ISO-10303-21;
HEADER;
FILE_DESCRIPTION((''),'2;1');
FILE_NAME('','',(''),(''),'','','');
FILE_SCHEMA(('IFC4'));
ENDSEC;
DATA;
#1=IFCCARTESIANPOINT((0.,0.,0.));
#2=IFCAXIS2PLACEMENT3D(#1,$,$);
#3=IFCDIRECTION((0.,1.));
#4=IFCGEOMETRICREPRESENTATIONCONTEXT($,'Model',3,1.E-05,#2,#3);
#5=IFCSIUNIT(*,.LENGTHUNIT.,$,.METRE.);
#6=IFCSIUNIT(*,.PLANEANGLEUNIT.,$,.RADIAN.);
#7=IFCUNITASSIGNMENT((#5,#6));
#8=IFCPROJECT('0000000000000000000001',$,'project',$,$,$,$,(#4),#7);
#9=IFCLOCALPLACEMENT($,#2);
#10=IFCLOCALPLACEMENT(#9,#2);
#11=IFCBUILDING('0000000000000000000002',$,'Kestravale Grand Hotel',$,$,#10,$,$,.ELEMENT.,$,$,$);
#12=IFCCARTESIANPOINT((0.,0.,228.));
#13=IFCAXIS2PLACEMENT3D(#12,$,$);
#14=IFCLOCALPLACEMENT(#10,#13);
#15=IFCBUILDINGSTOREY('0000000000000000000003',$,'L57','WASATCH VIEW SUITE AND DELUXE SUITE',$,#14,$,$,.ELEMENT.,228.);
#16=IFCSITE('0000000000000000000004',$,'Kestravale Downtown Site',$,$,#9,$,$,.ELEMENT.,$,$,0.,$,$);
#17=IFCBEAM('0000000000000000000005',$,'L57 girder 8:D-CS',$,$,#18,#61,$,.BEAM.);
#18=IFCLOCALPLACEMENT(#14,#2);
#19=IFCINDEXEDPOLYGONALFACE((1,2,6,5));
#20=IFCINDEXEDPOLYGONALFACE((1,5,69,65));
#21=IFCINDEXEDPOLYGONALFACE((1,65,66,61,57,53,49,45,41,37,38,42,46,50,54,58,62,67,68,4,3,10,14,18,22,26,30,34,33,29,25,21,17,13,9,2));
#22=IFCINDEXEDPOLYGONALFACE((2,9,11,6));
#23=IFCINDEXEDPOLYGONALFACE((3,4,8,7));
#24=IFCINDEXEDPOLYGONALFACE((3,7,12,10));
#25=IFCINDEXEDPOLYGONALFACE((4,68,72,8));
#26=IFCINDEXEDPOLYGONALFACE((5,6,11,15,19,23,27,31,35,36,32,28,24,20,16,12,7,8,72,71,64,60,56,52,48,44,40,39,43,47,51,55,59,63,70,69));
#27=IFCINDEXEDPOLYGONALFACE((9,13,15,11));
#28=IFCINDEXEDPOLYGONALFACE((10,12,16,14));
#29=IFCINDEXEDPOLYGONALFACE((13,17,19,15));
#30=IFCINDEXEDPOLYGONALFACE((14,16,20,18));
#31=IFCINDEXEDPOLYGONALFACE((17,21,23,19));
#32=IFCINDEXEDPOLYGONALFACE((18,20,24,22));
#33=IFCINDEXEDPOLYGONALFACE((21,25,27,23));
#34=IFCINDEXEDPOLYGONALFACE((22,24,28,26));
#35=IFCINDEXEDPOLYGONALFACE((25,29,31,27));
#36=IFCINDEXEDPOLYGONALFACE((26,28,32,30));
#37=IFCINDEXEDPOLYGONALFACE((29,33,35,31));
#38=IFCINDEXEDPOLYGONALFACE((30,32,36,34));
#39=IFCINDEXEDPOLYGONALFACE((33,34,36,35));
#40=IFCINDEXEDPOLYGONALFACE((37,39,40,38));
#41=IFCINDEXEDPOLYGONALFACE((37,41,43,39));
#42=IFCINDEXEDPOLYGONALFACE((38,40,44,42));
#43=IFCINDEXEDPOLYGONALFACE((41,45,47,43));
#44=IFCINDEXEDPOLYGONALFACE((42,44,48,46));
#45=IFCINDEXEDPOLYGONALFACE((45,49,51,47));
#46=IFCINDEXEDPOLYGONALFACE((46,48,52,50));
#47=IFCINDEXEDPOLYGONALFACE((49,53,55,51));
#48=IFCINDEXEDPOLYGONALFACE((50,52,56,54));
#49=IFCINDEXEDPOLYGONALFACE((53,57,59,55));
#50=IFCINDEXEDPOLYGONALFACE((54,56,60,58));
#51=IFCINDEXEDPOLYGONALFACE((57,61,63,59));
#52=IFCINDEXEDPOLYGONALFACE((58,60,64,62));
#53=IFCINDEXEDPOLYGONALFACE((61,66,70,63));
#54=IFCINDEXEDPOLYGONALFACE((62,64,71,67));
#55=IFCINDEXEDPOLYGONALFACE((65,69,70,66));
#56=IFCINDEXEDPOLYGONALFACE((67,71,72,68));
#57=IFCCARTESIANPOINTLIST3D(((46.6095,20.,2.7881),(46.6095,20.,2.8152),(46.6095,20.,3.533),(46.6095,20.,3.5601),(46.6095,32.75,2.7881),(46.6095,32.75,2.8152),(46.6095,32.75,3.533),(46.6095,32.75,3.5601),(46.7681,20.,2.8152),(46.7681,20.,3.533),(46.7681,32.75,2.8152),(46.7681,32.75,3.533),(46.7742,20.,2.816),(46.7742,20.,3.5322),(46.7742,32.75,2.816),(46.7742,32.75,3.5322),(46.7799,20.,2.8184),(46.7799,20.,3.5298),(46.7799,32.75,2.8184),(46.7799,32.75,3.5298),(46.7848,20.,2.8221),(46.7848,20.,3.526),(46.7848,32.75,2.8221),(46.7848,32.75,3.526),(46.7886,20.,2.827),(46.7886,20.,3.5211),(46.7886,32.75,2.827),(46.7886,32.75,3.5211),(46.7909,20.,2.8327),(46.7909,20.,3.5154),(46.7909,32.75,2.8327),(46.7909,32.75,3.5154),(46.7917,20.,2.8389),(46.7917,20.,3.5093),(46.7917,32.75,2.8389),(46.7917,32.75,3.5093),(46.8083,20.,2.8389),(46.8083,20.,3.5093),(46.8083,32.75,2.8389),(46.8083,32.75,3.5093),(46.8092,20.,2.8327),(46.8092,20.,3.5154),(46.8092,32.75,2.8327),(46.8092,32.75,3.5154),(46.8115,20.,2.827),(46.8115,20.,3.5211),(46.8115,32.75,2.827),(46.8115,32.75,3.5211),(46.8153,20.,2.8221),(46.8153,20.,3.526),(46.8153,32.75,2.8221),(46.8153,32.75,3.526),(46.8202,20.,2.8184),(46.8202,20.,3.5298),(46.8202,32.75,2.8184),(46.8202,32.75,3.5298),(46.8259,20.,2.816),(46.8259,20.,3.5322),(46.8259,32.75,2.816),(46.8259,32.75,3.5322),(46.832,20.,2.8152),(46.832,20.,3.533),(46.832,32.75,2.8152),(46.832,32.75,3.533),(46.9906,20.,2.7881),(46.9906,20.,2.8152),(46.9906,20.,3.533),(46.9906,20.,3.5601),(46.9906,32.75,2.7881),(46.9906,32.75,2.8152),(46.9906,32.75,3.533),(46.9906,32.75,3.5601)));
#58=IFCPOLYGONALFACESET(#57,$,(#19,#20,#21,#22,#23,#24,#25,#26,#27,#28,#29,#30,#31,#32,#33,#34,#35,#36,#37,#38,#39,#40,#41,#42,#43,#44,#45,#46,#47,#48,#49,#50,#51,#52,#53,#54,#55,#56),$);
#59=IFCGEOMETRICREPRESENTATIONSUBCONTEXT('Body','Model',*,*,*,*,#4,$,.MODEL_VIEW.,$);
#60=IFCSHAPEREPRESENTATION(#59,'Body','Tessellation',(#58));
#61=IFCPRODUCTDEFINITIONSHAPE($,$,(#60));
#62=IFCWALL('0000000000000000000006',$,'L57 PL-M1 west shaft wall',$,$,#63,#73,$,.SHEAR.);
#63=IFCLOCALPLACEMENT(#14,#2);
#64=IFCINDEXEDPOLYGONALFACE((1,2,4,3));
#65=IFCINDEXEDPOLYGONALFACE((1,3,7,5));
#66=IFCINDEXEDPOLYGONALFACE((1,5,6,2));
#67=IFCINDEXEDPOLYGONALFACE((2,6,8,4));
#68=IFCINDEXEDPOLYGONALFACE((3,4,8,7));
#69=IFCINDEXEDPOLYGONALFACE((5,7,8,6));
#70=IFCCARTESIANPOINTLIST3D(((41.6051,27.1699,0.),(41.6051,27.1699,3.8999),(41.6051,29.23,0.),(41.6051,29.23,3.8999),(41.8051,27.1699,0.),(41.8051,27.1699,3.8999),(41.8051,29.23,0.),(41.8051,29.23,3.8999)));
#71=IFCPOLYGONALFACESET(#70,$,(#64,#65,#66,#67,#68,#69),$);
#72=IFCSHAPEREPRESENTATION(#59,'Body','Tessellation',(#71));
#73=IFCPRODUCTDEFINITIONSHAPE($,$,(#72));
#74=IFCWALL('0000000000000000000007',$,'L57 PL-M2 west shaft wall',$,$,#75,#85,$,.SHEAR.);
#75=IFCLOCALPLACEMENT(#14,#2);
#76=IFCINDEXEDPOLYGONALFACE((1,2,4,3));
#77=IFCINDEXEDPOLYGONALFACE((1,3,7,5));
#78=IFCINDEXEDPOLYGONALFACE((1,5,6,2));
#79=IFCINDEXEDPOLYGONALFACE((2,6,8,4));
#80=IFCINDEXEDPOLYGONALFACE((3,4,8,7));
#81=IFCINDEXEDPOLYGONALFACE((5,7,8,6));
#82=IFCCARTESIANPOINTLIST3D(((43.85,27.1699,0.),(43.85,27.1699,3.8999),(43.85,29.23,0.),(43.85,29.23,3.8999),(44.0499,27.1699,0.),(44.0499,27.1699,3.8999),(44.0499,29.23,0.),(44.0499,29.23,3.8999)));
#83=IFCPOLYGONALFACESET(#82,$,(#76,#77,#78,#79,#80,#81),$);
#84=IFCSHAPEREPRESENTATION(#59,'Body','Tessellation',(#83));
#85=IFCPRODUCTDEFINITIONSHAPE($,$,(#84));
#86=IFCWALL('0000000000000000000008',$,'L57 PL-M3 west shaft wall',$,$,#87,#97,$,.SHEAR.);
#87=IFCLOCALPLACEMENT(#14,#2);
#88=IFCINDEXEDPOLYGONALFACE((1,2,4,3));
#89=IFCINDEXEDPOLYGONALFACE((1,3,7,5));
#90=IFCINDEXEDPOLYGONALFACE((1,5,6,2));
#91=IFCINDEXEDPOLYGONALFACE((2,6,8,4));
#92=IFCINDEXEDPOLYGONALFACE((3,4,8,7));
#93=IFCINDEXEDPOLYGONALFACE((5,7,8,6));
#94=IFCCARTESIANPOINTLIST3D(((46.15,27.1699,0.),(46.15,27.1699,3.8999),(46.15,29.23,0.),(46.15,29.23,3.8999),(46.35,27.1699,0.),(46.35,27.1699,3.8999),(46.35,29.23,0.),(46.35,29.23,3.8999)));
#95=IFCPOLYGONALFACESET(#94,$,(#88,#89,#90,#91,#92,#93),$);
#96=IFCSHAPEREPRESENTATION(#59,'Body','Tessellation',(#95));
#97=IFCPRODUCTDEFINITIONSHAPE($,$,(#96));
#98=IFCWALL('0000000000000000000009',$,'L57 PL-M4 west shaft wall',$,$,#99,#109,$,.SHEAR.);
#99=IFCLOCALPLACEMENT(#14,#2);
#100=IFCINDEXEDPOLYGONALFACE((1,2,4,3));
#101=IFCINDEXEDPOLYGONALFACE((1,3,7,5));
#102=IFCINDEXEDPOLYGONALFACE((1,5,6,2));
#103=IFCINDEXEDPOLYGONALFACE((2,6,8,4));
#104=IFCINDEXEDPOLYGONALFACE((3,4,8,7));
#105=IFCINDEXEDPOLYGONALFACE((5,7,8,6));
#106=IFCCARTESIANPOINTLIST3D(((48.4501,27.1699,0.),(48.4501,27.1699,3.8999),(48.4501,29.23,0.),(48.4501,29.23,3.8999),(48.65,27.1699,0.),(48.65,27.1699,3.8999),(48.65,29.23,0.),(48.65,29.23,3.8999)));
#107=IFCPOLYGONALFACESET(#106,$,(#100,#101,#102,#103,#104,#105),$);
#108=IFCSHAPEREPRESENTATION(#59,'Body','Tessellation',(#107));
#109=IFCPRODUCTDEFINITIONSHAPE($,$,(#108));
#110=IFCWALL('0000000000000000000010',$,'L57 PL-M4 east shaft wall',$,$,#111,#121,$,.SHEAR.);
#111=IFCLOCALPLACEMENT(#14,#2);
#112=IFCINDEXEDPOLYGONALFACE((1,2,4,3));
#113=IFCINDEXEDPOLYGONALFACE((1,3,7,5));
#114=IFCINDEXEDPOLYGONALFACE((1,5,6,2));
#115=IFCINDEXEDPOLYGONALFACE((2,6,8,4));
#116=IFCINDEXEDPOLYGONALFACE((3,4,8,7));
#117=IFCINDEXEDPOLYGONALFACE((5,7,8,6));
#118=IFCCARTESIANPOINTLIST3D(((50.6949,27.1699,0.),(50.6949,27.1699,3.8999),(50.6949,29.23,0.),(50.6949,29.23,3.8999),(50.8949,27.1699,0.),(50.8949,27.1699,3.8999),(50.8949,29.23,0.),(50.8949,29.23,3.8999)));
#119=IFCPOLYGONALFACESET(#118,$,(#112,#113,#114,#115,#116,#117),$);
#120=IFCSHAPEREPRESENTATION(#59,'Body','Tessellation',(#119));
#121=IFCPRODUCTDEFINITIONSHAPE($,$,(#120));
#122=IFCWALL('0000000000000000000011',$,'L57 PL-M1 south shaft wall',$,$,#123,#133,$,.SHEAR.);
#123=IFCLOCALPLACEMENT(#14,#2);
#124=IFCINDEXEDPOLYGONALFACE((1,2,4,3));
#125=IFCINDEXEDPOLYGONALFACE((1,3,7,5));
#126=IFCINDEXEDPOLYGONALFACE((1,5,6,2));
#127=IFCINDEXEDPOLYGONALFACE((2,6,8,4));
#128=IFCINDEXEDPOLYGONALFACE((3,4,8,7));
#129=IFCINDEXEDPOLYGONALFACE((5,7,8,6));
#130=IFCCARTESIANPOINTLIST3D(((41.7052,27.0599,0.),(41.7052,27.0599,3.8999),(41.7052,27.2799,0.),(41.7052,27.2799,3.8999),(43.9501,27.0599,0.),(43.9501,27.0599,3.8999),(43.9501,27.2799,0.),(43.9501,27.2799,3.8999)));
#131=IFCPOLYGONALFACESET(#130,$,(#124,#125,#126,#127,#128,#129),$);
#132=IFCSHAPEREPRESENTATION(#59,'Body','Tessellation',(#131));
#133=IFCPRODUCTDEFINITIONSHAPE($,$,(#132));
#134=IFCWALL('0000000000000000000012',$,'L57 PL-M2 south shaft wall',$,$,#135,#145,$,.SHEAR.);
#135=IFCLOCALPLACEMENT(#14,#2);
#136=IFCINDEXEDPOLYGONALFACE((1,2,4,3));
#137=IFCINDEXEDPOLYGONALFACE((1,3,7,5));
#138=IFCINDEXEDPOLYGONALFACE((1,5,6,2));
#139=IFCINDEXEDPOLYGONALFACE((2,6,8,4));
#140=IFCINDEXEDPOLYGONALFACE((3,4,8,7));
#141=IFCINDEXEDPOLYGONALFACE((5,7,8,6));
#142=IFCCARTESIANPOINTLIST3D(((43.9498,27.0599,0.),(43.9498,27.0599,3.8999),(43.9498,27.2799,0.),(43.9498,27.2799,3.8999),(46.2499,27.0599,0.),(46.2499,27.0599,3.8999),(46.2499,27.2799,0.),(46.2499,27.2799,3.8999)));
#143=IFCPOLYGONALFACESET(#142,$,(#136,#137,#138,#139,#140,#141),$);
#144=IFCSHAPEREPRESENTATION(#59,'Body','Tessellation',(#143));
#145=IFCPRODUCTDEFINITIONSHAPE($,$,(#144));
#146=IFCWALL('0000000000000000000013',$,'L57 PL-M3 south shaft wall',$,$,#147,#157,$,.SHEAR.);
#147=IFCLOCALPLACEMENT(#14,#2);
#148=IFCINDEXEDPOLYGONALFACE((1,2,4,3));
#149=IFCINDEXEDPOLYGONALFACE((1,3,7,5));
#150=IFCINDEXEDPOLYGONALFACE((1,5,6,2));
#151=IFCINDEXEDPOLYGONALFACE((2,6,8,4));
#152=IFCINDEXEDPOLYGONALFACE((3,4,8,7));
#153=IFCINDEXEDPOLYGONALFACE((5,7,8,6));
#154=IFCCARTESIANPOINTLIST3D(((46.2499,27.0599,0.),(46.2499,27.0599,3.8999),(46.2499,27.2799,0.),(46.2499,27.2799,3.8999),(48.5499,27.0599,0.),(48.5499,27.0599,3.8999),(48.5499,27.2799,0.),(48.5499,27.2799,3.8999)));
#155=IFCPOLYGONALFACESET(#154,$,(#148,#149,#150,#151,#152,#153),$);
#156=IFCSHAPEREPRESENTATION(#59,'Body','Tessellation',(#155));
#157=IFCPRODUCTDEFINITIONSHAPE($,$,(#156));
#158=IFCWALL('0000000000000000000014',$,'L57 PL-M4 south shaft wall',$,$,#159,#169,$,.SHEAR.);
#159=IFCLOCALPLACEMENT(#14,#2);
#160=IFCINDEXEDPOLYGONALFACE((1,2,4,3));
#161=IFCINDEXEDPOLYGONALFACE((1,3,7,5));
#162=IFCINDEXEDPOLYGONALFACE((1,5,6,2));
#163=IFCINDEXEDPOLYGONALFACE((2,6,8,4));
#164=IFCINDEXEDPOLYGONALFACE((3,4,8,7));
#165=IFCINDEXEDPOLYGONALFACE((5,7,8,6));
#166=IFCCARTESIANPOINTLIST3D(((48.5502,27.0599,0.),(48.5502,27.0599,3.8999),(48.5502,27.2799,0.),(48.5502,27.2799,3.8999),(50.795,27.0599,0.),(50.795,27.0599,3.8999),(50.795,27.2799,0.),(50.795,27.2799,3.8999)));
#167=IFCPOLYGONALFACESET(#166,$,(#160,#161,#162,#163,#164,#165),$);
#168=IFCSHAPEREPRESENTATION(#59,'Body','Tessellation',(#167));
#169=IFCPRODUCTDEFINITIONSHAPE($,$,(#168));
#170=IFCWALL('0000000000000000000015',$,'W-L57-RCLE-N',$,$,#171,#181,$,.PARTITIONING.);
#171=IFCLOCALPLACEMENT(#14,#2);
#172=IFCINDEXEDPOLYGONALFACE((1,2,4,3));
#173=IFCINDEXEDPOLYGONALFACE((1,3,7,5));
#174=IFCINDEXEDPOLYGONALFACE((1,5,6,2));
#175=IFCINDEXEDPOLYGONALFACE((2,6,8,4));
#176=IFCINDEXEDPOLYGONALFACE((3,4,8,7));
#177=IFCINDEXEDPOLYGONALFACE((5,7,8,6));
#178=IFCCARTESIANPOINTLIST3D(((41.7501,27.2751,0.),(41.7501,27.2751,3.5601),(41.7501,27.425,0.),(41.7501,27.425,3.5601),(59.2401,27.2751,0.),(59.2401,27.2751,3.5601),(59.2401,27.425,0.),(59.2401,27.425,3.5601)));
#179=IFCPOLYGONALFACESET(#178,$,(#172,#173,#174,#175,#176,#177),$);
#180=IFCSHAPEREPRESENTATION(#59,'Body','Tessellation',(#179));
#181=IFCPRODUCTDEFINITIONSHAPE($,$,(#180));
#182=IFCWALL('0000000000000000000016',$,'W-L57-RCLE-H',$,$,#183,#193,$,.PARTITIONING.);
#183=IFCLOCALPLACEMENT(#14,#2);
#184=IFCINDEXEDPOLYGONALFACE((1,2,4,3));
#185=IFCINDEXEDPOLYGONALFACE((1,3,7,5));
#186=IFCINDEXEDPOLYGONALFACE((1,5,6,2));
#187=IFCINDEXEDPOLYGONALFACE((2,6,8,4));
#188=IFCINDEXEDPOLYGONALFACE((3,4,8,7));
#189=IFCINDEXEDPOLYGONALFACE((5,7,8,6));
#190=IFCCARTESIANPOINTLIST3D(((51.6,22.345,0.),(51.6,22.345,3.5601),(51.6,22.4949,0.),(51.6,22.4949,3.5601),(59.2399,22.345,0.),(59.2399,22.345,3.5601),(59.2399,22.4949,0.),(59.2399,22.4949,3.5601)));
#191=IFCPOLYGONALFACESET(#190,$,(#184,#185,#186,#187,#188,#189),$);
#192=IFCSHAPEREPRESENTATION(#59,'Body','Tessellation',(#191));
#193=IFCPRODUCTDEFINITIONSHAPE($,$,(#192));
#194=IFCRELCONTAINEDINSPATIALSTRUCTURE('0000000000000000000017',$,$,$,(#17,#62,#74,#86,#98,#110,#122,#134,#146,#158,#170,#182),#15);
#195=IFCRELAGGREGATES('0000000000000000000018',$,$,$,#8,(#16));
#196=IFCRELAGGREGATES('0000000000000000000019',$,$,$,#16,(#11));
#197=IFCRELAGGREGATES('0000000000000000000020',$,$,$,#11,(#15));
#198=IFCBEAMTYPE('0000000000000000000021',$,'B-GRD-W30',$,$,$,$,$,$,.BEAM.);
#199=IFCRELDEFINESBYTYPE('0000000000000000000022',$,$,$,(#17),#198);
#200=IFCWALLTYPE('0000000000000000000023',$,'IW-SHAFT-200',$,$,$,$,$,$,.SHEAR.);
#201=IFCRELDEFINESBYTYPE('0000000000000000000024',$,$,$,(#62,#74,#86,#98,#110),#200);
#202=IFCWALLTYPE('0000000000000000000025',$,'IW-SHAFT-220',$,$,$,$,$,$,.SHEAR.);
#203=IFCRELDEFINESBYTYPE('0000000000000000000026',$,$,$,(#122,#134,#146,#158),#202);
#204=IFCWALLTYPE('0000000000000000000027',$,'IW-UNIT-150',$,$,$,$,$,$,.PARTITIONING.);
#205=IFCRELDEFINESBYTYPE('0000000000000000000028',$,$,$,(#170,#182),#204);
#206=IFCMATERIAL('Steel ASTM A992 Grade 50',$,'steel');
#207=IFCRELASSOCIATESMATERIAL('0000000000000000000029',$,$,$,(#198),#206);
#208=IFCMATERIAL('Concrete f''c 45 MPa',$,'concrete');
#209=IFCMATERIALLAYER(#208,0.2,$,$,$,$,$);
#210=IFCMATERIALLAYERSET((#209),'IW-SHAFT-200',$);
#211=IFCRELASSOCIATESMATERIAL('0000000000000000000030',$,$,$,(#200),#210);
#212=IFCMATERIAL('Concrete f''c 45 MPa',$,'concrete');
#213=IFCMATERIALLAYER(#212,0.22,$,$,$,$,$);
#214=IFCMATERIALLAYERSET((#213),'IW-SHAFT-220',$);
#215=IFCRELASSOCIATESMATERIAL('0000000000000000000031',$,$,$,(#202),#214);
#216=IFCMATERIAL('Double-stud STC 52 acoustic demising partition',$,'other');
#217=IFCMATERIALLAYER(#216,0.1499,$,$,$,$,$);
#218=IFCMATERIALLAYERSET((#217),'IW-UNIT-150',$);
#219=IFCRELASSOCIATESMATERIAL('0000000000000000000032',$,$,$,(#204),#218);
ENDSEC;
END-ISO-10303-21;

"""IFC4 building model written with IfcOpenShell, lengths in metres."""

from ifc_helpers import new_model, si_unit, direction, frame, frame_2d, origin, origin_2d, place, context, subcontext, project, spatial, rectangle, i_section, extrude, material, layer, layer_set, material_profile, profile_set, type_object, element, save


model = new_model("IFC4")

# Units and contexts
model_context = context("Model", 3, precision=1e-05, world=origin(), true_north=direction((0.0, 1.0)))
body_context = subcontext(model_context, "Body", "Model", "MODEL_VIEW")
ifc_project = project(units=[si_unit("LENGTHUNIT", "METRE"), si_unit("PLANEANGLEUNIT", "RADIAN")], contexts=[model_context])

# Site, building, storey
site_placement = place(None, origin())
site = spatial("IfcSite", under=ifc_project, at=site_placement, Name="Kestravale Downtown Site", CompositionType="ELEMENT", RefElevation=0.0)
building_placement = place(site_placement, origin())
building = spatial("IfcBuilding", under=site, at=building_placement, Name="Kestravale Grand Hotel", CompositionType="ELEMENT")
storey_placement = place(building_placement, frame((0.0, 0.0, 228.0)))
storey = spatial("IfcBuildingStorey", under=building, at=storey_placement, Name="L57", Description="WASATCH VIEW SUITE AND DELUXE SUITE", CompositionType="ELEMENT", Elevation=228.0)

# Beam
ifc_material_1 = material(Name="Steel ASTM A992 Grade 50", Category="steel")
ifc_material_profile_1 = material_profile(ifc_material_1, i_section(OverallWidth=0.3811, OverallDepth=0.772, WebThickness=0.0166, FlangeThickness=0.0271, FilletRadius=0.0237, at=origin_2d()))
ifc_profile_set_1 = profile_set([ifc_material_profile_1], Name="Steel ASTM A992 Grade 50")
beam_type = type_object("IfcBeamType", Name="B-GRD-W30", PredefinedType="BEAM", material=ifc_profile_set_1)
beam_1_placement = place(storey_placement, frame((46.8, 20.0, 3.1741), z_axis=(0.0, 1.0, 0.0), x_axis=(-1.0, 0.0, 0.0)))
element("IfcBeam", 1, at=beam_1_placement, inside=storey, type_object=beam_type, Name="L57 girder 8:D-CS", PredefinedType="BEAM", context=body_context, shape_type="SweptSolid", body=[
    extrude(i_section(OverallWidth=0.3811, OverallDepth=0.772, WebThickness=0.0166, FlangeThickness=0.0271, FilletRadius=0.0237, at=origin_2d()), origin(), (0.0, 0.0, 1.0), 12.75),
])

# Walls
ifc_material_2 = material(Name="Concrete f'c 45 MPa", Category="concrete")
ifc_layer_1 = layer(ifc_material_2, 0.2)
ifc_layer_set_1 = layer_set([ifc_layer_1], Name="IW-SHAFT-200")
wall_type_1 = type_object("IfcWallType", Name="IW-SHAFT-200", PredefinedType="SHEAR", material=ifc_layer_set_1)
for number, where, z_axis, x_axis, name in (
    (2, (41.7051, 27.1699, 0.0), (0.0, 0.0, 1.0), (0.0, 1.0, 0.0), "L57 PL-M1 west shaft wall"),
    (3, (43.95, 27.1699, 0.0), (0.0, 0.0, 1.0), (0.0, 1.0, 0.0), "L57 PL-M2 west shaft wall"),
    (4, (46.25, 27.1699, 0.0), (0.0, 0.0, 1.0), (0.0, 1.0, 0.0), "L57 PL-M3 west shaft wall"),
    (5, (48.55, 27.1699, 0.0), (0.0, 0.0, 1.0), (0.0, 1.0, 0.0), "L57 PL-M4 west shaft wall"),
    (6, (50.7949, 27.1699, 0.0), (0.0, 0.0, 1.0), (0.0, 1.0, 0.0), "L57 PL-M4 east shaft wall"),
):
    element("IfcWall", number, at=place(storey_placement, frame(where, z_axis=z_axis, x_axis=x_axis)), inside=storey, type_object=wall_type_1, Name=name, PredefinedType="SHEAR", context=body_context, shape_type="SweptSolid", body=[
        extrude(rectangle(XDim=2.0601, YDim=0.2, at=frame_2d((1.03, 0.0))), origin(), (0.0, 0.0, 1.0), 3.8999),
    ])

# Shared definitions
ifc_material_3 = material(Name="Concrete f'c 45 MPa", Category="concrete")
ifc_layer_2 = layer(ifc_material_3, 0.22)
ifc_layer_set_2 = layer_set([ifc_layer_2], Name="IW-SHAFT-220")
wall_type_2 = type_object("IfcWallType", Name="IW-SHAFT-220", PredefinedType="SHEAR", material=ifc_layer_set_2)

# Wall
wall_1_placement = place(storey_placement, frame((41.7051, 27.1699, 0.0), z_axis=(0.0, 0.0, 1.0), x_axis=(1.0, 0.0, 0.0)))
element("IfcWall", 7, at=wall_1_placement, inside=storey, type_object=wall_type_2, Name="L57 PL-M1 south shaft wall", PredefinedType="SHEAR", context=body_context, shape_type="SweptSolid", body=[
    extrude(rectangle(XDim=2.2449, YDim=0.22, at=frame_2d((1.1226, 0.0))), origin(), (0.0, 0.0, 1.0), 3.8999),
])

# Walls
for number, where, z_axis, x_axis, name in (
    (8, (43.95, 27.1699, 0.0), (0.0, 0.0, 1.0), (1.0, 0.0, 0.0), "L57 PL-M2 south shaft wall"),
    (9, (46.25, 27.1699, 0.0), (0.0, 0.0, 1.0), (1.0, 0.0, 0.0), "L57 PL-M3 south shaft wall"),
):
    element("IfcWall", number, at=place(storey_placement, frame(where, z_axis=z_axis, x_axis=x_axis)), inside=storey, type_object=wall_type_2, Name=name, PredefinedType="SHEAR", context=body_context, shape_type="SweptSolid", body=[
        extrude(rectangle(XDim=2.3, YDim=0.22, at=frame_2d((1.1499, 0.0))), origin(), (0.0, 0.0, 1.0), 3.8999),
    ])
wall_2_placement = place(storey_placement, frame((48.55, 27.1699, 0.0), z_axis=(0.0, 0.0, 1.0), x_axis=(1.0, 0.0, 0.0)))
element("IfcWall", 10, at=wall_2_placement, inside=storey, type_object=wall_type_2, Name="L57 PL-M4 south shaft wall", PredefinedType="SHEAR", context=body_context, shape_type="SweptSolid", body=[
    extrude(rectangle(XDim=2.2449, YDim=0.22, at=frame_2d((1.1226, 0.0))), origin(), (0.0, 0.0, 1.0), 3.8999),
])
ifc_material_4 = material(Name="Double-stud STC 52 acoustic demising partition", Category="other")
ifc_layer_3 = layer(ifc_material_4, 0.1499)
ifc_layer_set_3 = layer_set([ifc_layer_3], Name="IW-UNIT-150")
wall_type_3 = type_object("IfcWallType", Name="IW-UNIT-150", PredefinedType="PARTITIONING", material=ifc_layer_set_3)
wall_3_placement = place(storey_placement, frame((41.75, 27.3501, 0.0), z_axis=(0.0, 0.0, 1.0), x_axis=(1.0, 0.0, 0.0)))
element("IfcWall", 11, at=wall_3_placement, inside=storey, type_object=wall_type_3, Name="W-L57-RCLE-N", PredefinedType="PARTITIONING", context=body_context, shape_type="SweptSolid", body=[
    extrude(rectangle(XDim=17.49, YDim=0.1499, at=frame_2d((8.7451, 0.0))), origin(), (0.0, 0.0, 1.0), 3.5601),
])
wall_4_placement = place(storey_placement, frame((51.6001, 22.4199, 0.0), z_axis=(0.0, 0.0, 1.0), x_axis=(1.0, 0.0, 0.0)))
element("IfcWall", 12, at=wall_4_placement, inside=storey, type_object=wall_type_3, Name="W-L57-RCLE-H", PredefinedType="PARTITIONING", context=body_context, shape_type="SweptSolid", body=[
    extrude(rectangle(XDim=7.6399, YDim=0.1499, at=frame_2d((3.8198, 0.0))), origin(), (0.0, 0.0, 1.0), 3.5601),
])

save(model, "model.ifc")
